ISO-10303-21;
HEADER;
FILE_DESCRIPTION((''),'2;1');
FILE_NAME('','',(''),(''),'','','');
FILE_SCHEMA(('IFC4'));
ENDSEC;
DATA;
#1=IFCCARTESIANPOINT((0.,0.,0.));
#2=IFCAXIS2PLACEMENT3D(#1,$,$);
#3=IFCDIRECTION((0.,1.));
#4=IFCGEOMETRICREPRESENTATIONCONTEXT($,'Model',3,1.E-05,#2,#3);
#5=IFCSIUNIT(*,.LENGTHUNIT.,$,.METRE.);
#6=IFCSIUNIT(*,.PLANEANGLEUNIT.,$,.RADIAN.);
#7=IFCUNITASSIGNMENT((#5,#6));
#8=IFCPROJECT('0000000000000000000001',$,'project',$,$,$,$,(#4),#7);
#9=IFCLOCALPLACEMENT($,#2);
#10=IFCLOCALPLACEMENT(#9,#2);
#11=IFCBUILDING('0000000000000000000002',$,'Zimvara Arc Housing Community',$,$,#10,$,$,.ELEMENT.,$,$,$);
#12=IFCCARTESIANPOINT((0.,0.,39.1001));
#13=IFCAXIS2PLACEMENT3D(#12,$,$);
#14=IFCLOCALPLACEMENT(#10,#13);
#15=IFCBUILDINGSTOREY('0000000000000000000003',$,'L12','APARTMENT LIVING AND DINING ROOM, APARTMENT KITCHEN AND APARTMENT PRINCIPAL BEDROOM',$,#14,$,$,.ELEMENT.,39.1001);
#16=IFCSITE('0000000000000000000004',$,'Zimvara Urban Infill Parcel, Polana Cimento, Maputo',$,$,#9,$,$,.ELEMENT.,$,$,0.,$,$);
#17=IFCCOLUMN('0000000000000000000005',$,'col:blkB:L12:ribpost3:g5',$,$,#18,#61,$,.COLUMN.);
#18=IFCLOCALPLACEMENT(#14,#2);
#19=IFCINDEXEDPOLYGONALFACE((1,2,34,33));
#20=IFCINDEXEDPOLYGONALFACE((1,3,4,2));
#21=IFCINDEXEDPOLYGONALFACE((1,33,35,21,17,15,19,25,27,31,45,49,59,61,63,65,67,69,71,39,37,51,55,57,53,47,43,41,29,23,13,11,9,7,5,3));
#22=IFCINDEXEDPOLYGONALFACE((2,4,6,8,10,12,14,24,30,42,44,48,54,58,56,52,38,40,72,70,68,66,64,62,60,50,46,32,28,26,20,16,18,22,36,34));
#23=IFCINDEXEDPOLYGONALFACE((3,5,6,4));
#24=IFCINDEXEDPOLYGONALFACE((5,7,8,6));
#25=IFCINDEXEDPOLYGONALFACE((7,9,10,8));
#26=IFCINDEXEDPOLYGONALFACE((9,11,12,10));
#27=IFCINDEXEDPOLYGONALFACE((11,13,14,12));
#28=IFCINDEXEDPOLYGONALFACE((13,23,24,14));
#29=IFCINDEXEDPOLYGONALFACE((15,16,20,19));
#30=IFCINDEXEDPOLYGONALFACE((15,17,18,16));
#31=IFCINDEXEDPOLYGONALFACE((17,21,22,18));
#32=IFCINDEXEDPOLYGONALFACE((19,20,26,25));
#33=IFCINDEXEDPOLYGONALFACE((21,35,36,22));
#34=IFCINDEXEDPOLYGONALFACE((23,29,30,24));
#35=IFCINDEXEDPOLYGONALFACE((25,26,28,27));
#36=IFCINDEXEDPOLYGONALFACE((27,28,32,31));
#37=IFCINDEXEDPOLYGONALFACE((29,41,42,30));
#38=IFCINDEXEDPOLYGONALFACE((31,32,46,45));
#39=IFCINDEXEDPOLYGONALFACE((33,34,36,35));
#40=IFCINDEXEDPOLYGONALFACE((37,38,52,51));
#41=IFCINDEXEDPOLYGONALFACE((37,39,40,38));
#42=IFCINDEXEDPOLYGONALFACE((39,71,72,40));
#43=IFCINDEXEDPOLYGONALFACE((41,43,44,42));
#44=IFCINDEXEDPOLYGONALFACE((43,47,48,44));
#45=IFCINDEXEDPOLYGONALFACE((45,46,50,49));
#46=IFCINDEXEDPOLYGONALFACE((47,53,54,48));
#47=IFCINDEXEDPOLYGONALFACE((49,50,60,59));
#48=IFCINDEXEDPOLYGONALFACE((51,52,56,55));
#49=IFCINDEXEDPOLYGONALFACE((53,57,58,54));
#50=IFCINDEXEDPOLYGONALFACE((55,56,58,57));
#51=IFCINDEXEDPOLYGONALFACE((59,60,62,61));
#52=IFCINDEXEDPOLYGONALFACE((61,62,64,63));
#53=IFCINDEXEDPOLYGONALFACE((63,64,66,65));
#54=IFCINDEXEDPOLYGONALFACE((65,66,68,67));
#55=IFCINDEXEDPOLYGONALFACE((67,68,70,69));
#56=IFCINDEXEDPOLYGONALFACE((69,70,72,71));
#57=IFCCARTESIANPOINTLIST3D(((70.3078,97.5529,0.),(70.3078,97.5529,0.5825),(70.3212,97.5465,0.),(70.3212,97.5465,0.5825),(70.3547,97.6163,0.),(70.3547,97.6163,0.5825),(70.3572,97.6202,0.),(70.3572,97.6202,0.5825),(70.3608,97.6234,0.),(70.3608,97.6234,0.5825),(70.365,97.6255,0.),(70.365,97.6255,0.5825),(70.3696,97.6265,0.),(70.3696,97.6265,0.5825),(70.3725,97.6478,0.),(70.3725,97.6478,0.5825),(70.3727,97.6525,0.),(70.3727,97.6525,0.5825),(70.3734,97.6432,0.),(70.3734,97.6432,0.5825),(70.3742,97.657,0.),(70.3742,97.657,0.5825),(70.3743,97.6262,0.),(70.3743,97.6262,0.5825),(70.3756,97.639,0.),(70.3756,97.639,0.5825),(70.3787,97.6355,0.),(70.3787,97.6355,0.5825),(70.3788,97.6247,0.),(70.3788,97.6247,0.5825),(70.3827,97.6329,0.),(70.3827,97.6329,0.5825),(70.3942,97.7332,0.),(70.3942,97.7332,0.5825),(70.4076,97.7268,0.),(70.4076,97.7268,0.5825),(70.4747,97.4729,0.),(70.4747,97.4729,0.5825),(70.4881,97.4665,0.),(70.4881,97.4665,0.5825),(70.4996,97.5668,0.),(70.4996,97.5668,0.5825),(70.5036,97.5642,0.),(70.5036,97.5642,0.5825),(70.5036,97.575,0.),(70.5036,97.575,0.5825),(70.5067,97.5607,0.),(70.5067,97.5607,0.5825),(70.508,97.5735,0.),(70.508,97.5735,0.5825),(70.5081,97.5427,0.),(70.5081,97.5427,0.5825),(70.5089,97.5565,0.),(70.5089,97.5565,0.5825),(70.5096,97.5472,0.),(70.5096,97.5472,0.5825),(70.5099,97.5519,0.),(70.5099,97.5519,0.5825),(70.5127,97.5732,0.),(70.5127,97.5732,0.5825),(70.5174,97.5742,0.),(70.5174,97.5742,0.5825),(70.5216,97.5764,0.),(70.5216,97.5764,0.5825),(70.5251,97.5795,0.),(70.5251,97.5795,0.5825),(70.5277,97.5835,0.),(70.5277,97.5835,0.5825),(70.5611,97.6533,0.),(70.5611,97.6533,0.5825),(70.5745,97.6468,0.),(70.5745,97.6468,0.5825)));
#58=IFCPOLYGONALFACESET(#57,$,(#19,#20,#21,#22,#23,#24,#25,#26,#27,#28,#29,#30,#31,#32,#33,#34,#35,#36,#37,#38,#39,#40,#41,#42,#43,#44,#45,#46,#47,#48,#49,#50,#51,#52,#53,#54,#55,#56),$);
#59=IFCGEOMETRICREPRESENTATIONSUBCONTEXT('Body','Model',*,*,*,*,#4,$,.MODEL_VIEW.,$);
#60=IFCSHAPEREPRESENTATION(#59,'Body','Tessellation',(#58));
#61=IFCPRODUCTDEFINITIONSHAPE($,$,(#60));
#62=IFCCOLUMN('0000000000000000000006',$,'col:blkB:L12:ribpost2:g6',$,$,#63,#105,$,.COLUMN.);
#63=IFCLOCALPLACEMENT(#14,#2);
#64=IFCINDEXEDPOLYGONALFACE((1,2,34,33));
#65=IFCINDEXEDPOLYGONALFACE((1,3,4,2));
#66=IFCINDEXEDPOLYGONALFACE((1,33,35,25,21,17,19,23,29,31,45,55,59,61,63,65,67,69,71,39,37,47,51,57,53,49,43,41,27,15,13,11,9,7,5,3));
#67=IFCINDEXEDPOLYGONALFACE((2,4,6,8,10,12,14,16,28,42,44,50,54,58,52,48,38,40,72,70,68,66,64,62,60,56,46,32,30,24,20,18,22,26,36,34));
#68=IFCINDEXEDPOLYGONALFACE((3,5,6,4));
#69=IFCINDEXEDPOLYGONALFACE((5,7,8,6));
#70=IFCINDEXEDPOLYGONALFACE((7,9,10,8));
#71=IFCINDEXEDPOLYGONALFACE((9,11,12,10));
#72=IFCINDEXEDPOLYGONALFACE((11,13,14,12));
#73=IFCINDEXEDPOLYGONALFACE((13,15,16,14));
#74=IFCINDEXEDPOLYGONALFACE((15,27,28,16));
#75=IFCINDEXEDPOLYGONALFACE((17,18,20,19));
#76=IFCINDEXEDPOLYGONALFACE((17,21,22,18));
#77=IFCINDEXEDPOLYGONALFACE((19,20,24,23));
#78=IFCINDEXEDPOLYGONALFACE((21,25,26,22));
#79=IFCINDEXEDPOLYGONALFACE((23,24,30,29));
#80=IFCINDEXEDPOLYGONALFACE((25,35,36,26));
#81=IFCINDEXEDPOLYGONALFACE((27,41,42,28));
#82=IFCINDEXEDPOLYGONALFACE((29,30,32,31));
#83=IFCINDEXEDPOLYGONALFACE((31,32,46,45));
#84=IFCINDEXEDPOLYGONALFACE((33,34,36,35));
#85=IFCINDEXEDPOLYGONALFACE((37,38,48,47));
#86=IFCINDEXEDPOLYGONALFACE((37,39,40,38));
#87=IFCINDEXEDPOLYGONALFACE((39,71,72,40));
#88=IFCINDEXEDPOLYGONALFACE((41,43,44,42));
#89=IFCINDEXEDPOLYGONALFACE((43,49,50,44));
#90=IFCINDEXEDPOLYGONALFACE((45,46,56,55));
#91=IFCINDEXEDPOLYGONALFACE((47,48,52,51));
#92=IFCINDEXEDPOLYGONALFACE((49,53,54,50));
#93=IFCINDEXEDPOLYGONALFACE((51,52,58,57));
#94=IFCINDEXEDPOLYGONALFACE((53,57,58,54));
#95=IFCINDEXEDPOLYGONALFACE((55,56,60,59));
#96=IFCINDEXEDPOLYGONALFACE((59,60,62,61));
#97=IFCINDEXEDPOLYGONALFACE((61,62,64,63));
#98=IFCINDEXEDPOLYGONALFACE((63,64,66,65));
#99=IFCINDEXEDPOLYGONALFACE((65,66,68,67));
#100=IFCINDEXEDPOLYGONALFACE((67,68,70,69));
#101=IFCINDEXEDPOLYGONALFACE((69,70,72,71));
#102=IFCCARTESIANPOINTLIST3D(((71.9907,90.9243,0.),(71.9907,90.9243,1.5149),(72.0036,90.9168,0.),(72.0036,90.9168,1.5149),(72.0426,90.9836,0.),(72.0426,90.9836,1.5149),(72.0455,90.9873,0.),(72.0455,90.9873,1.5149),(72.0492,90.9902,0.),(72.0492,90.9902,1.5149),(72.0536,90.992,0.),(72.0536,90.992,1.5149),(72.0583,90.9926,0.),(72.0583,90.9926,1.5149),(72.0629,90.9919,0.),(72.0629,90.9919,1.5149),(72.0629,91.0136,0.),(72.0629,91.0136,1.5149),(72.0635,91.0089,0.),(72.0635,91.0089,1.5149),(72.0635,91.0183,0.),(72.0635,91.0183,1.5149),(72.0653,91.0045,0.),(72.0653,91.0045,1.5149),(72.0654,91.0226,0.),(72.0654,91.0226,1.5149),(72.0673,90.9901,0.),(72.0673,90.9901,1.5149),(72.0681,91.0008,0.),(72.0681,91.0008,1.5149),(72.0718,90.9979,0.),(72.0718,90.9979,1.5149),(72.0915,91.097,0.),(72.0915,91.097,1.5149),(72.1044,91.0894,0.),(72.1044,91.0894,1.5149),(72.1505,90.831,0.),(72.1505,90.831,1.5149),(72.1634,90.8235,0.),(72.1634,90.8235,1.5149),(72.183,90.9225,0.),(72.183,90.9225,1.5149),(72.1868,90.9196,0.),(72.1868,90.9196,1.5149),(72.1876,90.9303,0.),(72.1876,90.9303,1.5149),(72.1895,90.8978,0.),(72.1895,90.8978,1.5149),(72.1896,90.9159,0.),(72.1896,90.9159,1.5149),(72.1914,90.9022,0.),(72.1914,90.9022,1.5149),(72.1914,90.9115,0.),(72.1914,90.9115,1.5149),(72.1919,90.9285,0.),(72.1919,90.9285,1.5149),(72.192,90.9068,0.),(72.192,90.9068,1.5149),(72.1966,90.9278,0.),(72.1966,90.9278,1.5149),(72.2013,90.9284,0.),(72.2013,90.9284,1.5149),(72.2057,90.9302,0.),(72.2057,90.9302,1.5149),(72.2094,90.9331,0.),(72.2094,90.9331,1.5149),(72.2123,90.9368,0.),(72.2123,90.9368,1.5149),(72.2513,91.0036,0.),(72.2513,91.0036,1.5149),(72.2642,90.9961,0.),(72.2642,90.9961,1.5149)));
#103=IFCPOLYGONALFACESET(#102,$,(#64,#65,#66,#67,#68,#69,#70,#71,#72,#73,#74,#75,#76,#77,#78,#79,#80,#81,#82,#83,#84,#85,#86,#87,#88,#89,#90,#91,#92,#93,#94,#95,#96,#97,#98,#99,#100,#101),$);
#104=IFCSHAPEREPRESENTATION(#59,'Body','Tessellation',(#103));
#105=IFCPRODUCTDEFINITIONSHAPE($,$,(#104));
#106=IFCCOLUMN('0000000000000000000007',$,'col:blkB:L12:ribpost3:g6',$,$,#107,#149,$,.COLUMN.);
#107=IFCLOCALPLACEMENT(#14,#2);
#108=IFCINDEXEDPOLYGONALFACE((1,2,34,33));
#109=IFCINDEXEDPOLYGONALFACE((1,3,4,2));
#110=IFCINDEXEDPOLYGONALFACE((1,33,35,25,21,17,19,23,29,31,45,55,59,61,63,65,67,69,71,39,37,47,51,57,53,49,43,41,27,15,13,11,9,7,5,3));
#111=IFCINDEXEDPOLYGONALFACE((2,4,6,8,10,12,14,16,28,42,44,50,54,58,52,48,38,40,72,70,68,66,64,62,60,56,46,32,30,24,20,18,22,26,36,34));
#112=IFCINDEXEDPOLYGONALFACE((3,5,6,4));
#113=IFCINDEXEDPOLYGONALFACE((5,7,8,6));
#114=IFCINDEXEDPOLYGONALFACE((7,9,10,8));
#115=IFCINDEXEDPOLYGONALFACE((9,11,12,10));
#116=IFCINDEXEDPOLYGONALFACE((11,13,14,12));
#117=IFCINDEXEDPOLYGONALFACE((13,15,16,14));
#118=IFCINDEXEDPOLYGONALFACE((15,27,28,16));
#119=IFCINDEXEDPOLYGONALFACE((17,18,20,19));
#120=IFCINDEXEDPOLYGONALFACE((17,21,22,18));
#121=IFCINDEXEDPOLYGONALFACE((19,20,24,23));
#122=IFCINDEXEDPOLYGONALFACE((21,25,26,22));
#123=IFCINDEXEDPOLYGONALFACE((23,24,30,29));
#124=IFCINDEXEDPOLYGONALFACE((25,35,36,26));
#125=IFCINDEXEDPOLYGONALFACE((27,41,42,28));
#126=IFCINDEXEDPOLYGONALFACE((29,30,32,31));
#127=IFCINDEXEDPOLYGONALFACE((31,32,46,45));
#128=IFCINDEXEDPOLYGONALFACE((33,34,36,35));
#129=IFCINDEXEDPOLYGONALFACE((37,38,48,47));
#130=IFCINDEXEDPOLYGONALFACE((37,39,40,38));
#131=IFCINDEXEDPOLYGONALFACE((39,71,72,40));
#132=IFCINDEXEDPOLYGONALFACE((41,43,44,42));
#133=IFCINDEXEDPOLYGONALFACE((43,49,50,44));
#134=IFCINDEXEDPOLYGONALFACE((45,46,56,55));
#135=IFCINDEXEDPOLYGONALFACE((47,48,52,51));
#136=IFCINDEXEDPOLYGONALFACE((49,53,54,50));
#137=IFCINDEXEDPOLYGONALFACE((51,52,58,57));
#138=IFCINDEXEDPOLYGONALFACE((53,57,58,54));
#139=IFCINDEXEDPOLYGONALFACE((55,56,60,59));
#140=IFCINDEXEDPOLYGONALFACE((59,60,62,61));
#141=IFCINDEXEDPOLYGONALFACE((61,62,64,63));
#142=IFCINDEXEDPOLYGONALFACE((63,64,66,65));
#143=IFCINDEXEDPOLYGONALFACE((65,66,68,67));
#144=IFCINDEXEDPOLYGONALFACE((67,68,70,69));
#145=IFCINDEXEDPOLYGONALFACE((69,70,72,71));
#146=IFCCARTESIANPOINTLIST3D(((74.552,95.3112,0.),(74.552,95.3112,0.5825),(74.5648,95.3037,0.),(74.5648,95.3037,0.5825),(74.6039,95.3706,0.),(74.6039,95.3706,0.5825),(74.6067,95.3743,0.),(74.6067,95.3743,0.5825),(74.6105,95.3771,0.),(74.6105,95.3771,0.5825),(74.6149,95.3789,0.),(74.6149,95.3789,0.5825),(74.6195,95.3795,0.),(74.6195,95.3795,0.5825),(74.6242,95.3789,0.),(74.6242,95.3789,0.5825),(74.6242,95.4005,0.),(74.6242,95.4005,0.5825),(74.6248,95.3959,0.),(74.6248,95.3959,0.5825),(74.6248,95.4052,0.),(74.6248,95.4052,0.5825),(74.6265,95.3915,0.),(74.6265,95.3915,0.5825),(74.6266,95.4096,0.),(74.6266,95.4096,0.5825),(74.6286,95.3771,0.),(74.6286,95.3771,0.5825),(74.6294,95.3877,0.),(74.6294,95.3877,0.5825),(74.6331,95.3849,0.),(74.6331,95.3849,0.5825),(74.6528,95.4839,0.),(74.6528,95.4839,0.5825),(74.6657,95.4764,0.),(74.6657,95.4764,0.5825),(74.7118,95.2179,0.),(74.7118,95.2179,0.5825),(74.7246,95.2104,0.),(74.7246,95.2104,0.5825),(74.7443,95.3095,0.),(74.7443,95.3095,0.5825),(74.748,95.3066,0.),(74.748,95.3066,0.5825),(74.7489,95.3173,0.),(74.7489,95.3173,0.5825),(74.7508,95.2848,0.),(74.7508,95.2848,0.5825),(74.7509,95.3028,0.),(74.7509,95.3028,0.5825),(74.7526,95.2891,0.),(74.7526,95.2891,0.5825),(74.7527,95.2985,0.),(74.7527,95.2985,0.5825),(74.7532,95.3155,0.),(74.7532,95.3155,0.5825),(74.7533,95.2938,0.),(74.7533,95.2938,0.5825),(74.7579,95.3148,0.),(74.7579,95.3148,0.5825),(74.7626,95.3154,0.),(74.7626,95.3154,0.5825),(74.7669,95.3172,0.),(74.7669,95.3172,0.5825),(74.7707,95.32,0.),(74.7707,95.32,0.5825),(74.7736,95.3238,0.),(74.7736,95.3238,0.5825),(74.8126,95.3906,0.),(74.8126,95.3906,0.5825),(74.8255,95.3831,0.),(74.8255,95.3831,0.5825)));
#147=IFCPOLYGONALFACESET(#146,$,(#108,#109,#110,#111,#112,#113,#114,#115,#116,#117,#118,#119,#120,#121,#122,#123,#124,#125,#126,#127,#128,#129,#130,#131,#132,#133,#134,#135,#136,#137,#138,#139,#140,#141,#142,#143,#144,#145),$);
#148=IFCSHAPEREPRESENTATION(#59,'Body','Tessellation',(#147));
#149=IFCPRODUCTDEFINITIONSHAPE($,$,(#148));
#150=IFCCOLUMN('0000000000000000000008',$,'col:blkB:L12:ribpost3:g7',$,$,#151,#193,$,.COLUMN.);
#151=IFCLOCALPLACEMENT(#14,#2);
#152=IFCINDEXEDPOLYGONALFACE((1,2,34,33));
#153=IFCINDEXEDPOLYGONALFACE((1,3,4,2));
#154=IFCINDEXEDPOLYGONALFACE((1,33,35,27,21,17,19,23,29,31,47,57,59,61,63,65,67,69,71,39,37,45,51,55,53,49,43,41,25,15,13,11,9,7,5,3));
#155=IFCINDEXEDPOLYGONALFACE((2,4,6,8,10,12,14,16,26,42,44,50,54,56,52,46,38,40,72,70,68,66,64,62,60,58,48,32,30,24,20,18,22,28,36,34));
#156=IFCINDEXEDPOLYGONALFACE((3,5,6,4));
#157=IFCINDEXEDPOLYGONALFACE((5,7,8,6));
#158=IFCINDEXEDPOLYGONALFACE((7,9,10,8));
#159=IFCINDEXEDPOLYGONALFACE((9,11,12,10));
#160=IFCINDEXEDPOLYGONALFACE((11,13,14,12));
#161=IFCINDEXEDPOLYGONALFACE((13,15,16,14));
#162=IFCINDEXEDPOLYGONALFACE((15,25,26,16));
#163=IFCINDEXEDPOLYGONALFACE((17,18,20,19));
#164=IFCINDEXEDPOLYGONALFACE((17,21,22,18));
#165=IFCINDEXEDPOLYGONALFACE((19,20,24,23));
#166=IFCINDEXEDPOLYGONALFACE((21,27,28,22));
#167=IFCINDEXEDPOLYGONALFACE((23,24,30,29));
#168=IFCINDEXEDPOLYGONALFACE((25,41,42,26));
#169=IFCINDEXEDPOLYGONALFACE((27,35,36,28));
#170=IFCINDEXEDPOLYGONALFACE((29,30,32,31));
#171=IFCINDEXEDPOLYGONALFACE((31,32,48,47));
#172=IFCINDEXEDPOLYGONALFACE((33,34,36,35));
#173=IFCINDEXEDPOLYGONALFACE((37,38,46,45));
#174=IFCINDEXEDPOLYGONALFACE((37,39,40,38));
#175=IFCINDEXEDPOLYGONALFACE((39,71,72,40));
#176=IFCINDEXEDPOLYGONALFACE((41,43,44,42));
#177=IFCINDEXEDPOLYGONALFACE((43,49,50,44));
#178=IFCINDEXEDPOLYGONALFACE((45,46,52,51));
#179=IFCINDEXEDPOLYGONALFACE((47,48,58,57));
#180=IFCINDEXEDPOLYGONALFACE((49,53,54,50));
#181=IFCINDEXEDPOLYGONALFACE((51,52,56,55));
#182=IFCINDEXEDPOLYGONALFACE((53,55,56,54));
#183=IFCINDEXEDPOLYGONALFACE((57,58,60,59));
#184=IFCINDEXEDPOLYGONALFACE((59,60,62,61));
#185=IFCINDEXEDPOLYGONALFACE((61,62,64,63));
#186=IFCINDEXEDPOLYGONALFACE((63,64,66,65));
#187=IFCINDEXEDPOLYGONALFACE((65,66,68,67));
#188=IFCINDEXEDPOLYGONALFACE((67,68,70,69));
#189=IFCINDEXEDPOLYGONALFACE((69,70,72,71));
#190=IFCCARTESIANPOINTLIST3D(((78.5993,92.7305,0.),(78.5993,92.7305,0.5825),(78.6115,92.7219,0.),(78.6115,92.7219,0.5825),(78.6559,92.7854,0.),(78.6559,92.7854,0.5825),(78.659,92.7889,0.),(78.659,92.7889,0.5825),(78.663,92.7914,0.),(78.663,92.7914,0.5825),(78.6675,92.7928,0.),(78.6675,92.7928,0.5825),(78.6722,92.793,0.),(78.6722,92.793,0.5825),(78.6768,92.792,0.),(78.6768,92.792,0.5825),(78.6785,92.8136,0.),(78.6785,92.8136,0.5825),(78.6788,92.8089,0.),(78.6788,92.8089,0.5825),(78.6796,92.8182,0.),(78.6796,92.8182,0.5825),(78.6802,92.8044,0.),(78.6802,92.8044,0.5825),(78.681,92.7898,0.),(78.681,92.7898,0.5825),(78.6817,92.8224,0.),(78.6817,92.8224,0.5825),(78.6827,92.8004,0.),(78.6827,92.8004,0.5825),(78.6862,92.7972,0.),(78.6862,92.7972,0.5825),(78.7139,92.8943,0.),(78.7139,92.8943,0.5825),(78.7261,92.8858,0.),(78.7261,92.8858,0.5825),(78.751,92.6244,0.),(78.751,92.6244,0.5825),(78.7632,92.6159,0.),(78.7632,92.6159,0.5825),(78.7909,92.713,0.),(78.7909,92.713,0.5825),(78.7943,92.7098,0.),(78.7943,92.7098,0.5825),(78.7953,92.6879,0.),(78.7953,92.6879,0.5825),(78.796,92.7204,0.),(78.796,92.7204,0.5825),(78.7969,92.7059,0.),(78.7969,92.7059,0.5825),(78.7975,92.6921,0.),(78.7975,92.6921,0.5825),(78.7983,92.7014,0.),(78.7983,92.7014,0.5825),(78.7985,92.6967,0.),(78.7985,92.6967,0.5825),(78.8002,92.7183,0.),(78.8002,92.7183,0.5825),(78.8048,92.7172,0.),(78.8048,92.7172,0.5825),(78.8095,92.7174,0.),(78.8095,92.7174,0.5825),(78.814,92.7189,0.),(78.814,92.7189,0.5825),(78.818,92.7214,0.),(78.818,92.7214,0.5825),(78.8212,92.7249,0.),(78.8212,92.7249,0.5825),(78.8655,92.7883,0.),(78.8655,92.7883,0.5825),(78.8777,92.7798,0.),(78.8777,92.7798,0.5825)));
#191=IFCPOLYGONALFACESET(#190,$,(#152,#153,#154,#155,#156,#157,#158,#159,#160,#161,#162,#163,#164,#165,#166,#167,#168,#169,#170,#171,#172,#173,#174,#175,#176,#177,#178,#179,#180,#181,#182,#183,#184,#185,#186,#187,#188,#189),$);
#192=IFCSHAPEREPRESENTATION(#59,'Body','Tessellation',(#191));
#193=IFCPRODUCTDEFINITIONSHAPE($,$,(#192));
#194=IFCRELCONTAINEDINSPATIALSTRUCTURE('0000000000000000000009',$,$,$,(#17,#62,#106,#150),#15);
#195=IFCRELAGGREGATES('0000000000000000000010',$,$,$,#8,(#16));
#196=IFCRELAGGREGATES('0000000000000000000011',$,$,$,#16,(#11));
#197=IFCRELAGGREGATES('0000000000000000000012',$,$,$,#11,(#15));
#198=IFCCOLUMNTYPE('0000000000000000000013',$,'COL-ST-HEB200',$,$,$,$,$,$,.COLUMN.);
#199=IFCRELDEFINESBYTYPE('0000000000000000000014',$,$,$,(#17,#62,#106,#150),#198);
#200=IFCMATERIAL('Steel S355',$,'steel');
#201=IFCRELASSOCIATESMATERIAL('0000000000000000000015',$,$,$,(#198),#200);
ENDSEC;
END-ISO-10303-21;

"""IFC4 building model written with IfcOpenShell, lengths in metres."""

from ifc_helpers import new_model, si_unit, direction, frame, origin, origin_2d, place, context, subcontext, project, spatial, i_section, extrude, material, material_profile, profile_set, type_object, element, save


model = new_model("IFC4")

# Units and contexts
model_context = context("Model", 3, precision=1e-05, world=origin(), true_north=direction((0.0, 1.0)))
body_context = subcontext(model_context, "Body", "Model", "MODEL_VIEW")
ifc_project = project(units=[si_unit("LENGTHUNIT", "METRE"), si_unit("PLANEANGLEUNIT", "RADIAN")], contexts=[model_context])

# Site, building, storey
site_placement = place(None, origin())
site = spatial("IfcSite", under=ifc_project, at=site_placement, Name="Zimvara Urban Infill Parcel, Polana Cimento, Maputo", CompositionType="ELEMENT", RefElevation=0.0)
building_placement = place(site_placement, origin())
building = spatial("IfcBuilding", under=site, at=building_placement, Name="Zimvara Arc Housing Community", CompositionType="ELEMENT")
storey_placement = place(building_placement, frame((0.0, 0.0, 39.1001)))
storey = spatial("IfcBuildingStorey", under=building, at=storey_placement, Name="L12", Description="APARTMENT LIVING AND DINING ROOM, APARTMENT KITCHEN AND APARTMENT PRINCIPAL BEDROOM", CompositionType="ELEMENT", Elevation=39.1001)

# Columns
ifc_material_1 = material(Name="Steel S355", Category="steel")
ifc_material_profile_1 = material_profile(ifc_material_1, i_section(OverallWidth=0.2, OverallDepth=0.2, WebThickness=0.009, FlangeThickness=0.0149, FilletRadius=0.0181, at=origin_2d()), Name="HEB 200")
ifc_profile_set_1 = profile_set([ifc_material_profile_1], Name="Steel S355")
column_type = type_object("IfcColumnType", Name="COL-ST-HEB200", PredefinedType="COLUMN", material=ifc_profile_set_1)
column_1_placement = place(storey_placement, frame((70.4412, 97.5999, 0.0), z_axis=(0.0, 0.0, 1.0), x_axis=(0.432086, 0.901833, 0.0)))
element("IfcColumn", 1, at=column_1_placement, inside=storey, type_object=column_type, Name="col:blkB:L12:ribpost3:g5", PredefinedType="COLUMN", context=body_context, shape_type="SweptSolid", body=[
    extrude(i_section(OverallWidth=0.2, OverallDepth=0.2, WebThickness=0.009, FlangeThickness=0.0149, FilletRadius=0.0181, at=origin_2d()), origin(), (0.0, 0.0, 1.0), 0.5825),
])
column_2_placement = place(storey_placement, frame((72.1274, 90.9602, 0.0), z_axis=(0.0, 0.0, 1.0), x_axis=(0.504226, 0.863572, 0.0)))
element("IfcColumn", 2, at=column_2_placement, inside=storey, type_object=column_type, Name="col:blkB:L12:ribpost2:g6", PredefinedType="COLUMN", context=body_context, shape_type="SweptSolid", body=[
    extrude(i_section(OverallWidth=0.2, OverallDepth=0.2, WebThickness=0.009, FlangeThickness=0.0149, FilletRadius=0.0181, at=origin_2d()), origin(), (0.0, 0.0, 1.0), 1.5149),
])
for number, where, z_axis, x_axis, name in (
    (3, (74.6887, 95.3472, 0.0), (0.0, 0.0, 1.0), (0.504226, 0.863572, 0.0), "col:blkB:L12:ribpost3:g6"),
    (4, (78.7385, 92.7551, 0.0), (0.0, 0.0, 1.0), (0.573004, 0.819552, 0.0), "col:blkB:L12:ribpost3:g7"),
):
    element("IfcColumn", number, at=place(storey_placement, frame(where, z_axis=z_axis, x_axis=x_axis)), inside=storey, type_object=column_type, Name=name, PredefinedType="COLUMN", context=body_context, shape_type="SweptSolid", body=[
        extrude(i_section(OverallWidth=0.2, OverallDepth=0.2, WebThickness=0.009, FlangeThickness=0.0149, FilletRadius=0.0181, at=origin_2d()), origin(), (0.0, 0.0, 1.0), 0.5825),
    ])

save(model, "model.ifc")
